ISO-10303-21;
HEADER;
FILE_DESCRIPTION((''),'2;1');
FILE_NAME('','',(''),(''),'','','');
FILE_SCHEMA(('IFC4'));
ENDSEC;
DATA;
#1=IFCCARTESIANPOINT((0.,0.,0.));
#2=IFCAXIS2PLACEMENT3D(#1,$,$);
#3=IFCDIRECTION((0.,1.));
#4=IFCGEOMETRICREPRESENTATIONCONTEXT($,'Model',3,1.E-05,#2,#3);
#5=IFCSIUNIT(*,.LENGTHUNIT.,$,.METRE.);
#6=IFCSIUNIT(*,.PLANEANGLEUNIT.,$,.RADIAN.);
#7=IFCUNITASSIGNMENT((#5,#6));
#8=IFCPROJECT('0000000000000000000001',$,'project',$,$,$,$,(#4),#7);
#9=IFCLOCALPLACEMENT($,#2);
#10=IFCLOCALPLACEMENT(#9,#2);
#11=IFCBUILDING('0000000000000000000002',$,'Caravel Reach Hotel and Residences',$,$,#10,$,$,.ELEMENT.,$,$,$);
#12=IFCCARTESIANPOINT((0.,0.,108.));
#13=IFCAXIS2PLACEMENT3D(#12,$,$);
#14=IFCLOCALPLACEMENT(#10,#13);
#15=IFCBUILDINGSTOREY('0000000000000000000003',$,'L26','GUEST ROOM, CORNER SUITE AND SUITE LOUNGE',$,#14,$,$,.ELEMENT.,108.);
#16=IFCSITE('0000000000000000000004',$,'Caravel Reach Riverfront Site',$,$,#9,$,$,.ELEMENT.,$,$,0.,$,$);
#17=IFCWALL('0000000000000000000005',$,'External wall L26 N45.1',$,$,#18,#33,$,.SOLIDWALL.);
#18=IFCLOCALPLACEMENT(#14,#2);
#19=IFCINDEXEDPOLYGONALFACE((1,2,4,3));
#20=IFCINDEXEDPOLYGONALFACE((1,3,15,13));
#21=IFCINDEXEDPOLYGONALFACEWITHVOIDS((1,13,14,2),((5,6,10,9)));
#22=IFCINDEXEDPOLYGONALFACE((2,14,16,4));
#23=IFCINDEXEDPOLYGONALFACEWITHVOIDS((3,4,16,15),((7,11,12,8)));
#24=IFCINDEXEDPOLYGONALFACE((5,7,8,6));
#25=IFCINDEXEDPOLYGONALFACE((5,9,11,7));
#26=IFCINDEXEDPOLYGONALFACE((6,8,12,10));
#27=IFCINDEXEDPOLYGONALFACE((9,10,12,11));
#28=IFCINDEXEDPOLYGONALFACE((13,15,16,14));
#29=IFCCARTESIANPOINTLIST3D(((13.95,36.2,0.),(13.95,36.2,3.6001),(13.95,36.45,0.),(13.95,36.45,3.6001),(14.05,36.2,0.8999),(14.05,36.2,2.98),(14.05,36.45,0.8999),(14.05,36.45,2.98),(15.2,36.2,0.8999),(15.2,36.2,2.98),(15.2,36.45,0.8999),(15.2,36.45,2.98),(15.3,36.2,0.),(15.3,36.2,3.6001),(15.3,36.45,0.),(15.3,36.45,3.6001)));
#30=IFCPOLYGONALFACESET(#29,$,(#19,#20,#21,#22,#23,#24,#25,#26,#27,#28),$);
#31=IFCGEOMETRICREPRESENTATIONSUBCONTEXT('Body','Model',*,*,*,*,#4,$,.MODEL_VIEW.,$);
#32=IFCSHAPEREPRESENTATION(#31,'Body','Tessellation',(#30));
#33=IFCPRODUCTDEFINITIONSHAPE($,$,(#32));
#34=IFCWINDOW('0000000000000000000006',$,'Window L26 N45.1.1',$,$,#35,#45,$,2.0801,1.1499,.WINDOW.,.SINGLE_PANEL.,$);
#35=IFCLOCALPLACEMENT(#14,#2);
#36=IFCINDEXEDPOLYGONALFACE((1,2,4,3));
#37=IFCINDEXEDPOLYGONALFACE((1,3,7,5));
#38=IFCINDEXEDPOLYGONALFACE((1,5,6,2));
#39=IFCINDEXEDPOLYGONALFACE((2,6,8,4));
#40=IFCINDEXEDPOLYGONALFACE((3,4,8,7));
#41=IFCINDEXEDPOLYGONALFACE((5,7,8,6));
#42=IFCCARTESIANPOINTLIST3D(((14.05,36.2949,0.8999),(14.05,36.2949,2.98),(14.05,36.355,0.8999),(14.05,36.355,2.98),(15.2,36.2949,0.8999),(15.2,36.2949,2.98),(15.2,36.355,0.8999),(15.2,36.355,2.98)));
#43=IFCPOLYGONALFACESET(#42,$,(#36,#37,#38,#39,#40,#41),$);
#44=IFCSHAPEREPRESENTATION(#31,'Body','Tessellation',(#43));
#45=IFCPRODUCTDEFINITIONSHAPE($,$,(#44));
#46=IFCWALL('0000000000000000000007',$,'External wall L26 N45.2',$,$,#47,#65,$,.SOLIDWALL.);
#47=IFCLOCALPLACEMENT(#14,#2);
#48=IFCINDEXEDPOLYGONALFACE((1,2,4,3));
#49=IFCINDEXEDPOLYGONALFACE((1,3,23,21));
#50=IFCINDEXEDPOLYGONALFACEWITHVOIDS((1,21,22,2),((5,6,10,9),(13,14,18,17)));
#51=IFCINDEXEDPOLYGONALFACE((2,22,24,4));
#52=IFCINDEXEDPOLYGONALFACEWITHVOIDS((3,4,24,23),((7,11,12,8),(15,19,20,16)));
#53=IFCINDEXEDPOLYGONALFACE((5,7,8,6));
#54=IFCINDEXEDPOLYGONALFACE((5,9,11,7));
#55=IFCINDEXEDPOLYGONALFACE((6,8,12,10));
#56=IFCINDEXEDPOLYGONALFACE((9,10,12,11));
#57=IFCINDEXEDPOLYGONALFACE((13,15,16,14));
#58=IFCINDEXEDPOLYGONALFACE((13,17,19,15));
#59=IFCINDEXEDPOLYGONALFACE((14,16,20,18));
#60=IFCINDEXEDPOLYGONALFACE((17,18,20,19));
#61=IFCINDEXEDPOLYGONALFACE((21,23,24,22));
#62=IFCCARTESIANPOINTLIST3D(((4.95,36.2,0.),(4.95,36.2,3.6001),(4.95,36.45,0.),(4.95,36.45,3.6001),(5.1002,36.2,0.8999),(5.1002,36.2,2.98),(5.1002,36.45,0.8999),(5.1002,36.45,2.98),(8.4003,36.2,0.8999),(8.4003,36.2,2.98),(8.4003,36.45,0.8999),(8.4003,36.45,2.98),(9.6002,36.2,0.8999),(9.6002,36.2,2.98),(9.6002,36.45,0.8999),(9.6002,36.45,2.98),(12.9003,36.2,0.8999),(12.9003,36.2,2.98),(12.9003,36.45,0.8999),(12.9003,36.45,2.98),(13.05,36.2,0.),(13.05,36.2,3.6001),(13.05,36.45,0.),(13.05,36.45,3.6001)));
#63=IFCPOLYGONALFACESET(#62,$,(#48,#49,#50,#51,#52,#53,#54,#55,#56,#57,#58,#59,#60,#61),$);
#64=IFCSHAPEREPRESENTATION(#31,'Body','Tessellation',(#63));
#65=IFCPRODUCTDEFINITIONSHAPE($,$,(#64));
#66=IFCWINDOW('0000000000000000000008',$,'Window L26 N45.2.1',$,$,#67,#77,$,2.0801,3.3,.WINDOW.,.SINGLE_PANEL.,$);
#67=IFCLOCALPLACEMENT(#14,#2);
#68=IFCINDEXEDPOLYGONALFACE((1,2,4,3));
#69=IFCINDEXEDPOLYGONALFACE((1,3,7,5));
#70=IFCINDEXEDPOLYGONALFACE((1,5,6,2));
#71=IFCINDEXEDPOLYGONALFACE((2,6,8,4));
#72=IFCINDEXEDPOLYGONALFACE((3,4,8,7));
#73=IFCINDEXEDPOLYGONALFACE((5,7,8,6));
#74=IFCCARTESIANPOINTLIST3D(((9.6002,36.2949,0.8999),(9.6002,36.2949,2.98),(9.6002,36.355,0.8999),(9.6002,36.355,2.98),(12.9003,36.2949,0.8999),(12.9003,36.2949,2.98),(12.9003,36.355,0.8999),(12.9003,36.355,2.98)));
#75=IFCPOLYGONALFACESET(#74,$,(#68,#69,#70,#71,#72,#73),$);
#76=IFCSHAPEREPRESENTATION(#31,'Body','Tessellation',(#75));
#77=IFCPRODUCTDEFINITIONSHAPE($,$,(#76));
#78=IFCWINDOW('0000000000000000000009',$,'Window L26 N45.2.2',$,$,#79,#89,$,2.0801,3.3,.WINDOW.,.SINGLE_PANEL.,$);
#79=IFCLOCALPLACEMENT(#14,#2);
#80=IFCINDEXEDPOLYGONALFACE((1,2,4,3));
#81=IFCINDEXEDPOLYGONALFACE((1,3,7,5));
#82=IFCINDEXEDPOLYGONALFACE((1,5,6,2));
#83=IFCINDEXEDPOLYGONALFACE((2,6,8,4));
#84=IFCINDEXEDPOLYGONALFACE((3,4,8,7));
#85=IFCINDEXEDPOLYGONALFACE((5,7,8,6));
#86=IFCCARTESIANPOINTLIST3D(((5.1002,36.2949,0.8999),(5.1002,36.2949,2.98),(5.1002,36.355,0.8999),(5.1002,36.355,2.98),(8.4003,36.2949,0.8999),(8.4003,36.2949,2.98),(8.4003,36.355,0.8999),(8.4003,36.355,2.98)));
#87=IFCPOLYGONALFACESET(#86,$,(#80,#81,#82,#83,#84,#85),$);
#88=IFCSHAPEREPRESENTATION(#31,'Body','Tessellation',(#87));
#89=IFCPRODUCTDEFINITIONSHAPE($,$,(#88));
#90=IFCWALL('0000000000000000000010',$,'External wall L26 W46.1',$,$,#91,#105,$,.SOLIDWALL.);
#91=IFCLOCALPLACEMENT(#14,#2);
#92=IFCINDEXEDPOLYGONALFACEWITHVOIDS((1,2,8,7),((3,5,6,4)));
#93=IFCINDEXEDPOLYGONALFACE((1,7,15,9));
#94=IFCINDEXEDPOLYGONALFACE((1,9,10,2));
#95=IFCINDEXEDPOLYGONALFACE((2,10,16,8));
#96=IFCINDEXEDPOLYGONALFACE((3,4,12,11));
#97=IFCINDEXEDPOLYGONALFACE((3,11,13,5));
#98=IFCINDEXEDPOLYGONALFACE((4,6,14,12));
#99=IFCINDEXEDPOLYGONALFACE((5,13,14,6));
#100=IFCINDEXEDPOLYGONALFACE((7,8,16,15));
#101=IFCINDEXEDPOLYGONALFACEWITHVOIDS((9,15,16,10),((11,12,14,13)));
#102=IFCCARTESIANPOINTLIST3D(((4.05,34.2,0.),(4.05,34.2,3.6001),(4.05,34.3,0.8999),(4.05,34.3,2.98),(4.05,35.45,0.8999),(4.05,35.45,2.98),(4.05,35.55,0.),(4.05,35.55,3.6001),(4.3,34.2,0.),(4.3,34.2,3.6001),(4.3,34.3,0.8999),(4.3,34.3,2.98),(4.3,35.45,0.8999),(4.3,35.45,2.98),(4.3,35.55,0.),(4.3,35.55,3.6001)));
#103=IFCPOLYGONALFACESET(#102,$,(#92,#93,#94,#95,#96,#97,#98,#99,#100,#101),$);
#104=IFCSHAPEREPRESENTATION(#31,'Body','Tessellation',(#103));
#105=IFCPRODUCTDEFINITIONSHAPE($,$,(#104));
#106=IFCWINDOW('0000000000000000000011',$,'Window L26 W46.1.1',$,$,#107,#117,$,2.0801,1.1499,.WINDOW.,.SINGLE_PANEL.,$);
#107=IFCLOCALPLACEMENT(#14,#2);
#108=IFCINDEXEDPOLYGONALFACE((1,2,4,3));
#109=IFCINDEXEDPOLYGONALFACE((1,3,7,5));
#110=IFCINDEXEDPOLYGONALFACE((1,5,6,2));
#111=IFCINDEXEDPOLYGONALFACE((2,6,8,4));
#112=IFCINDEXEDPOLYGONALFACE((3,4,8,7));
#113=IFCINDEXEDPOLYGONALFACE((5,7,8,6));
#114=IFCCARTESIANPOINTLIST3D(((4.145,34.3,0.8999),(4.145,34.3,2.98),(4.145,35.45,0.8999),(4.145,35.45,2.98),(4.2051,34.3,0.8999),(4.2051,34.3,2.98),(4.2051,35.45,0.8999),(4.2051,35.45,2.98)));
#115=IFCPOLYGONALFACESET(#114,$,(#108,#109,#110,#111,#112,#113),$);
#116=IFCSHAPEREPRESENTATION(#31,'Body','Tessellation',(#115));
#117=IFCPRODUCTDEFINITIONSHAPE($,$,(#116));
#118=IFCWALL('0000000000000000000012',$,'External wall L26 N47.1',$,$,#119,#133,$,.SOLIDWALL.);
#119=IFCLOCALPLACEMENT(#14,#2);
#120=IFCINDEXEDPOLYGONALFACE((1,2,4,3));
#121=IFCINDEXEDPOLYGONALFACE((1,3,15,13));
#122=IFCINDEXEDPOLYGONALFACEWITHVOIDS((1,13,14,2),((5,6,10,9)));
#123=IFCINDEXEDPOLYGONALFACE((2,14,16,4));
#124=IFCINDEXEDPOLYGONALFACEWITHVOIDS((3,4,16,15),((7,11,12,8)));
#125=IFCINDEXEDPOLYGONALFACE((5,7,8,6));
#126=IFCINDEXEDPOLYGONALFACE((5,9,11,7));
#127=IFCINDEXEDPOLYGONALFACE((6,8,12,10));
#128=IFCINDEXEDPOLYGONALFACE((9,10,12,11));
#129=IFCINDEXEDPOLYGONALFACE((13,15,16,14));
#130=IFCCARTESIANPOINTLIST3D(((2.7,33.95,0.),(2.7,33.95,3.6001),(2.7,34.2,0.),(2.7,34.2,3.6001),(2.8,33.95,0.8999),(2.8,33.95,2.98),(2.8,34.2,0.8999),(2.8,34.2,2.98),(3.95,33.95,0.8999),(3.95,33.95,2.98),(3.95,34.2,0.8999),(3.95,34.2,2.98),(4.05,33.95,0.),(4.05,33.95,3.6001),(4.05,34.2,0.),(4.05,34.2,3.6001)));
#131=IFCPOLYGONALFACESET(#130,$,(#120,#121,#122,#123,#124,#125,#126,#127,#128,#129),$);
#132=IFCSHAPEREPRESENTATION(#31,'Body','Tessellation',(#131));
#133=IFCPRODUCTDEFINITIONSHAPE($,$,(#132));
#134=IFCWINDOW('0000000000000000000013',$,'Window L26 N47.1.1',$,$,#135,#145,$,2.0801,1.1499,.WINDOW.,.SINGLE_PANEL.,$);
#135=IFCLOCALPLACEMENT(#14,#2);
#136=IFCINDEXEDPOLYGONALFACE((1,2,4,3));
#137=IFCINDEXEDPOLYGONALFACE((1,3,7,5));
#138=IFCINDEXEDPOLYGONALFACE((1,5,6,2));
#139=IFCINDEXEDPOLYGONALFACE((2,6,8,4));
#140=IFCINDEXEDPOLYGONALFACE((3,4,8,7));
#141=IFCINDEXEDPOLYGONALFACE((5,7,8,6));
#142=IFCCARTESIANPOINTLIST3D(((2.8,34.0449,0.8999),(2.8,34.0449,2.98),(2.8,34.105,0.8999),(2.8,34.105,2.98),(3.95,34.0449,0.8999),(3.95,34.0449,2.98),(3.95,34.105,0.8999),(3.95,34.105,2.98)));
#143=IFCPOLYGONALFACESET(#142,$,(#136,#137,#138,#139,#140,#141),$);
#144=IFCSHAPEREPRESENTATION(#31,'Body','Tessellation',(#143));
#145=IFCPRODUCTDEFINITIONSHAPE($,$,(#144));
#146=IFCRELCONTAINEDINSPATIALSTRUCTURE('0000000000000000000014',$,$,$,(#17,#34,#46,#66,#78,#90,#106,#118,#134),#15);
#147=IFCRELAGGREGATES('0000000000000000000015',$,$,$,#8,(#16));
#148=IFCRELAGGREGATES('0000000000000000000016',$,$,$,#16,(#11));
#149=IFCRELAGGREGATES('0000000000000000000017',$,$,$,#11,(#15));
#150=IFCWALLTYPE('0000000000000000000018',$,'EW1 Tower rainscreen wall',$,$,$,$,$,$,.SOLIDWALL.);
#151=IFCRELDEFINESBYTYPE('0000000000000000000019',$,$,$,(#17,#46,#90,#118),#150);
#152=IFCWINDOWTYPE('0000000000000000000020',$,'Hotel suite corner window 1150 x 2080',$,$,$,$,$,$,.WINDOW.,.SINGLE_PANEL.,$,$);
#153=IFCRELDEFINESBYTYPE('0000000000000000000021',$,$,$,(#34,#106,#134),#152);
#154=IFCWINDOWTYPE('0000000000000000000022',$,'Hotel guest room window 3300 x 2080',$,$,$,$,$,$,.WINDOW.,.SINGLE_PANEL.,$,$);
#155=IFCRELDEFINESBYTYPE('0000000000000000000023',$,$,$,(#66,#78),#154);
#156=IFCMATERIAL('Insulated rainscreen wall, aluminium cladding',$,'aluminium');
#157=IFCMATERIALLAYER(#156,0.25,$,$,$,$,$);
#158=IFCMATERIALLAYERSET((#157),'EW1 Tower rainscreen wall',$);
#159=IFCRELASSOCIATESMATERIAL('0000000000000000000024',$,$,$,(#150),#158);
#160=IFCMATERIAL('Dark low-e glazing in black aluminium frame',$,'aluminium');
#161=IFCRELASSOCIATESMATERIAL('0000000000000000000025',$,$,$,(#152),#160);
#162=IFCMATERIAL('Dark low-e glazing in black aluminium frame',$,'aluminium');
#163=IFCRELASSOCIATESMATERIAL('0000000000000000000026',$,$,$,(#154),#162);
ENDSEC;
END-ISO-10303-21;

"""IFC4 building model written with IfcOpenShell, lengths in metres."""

from ifc_helpers import new_model, si_unit, direction, frame, frame_2d, origin, place, context, subcontext, project, spatial, rectangle, extrude, material, layer, layer_set, type_object, element, fill, save


model = new_model("IFC4")

# Units and contexts
model_context = context("Model", 3, precision=1e-05, world=origin(), true_north=direction((0.0, 1.0)))
body_context = subcontext(model_context, "Body", "Model", "MODEL_VIEW")
ifc_project = project(units=[si_unit("LENGTHUNIT", "METRE"), si_unit("PLANEANGLEUNIT", "RADIAN")], contexts=[model_context])

# Site, building, storey
site_placement = place(None, origin())
site = spatial("IfcSite", under=ifc_project, at=site_placement, Name="Caravel Reach Riverfront Site", CompositionType="ELEMENT", RefElevation=0.0)
building_placement = place(site_placement, origin())
building = spatial("IfcBuilding", under=site, at=building_placement, Name="Caravel Reach Hotel and Residences", CompositionType="ELEMENT")
storey_placement = place(building_placement, frame((0.0, 0.0, 108.0)))
storey = spatial("IfcBuildingStorey", under=building, at=storey_placement, Name="L26", Description="GUEST ROOM, CORNER SUITE AND SUITE LOUNGE", CompositionType="ELEMENT", Elevation=108.0)

# Wall, opening, window
ifc_material_1 = material(Name="Insulated rainscreen wall, aluminium cladding", Category="aluminium")
ifc_layer_1 = layer(ifc_material_1, 0.25)
ifc_layer_set_1 = layer_set([ifc_layer_1], Name="EW1 Tower rainscreen wall")
wall_type_1 = type_object("IfcWallType", Name="EW1 Tower rainscreen wall", PredefinedType="SOLIDWALL", material=ifc_layer_set_1)
ifc_material_2 = material(Name="Dark low-e glazing in black aluminium frame", Category="aluminium")
window_type_1 = type_object("IfcWindowType", Name="Hotel suite corner window 1150 x 2080", PartitioningType="SINGLE_PANEL", PredefinedType="WINDOW", material=ifc_material_2)
wall_1_placement = place(storey_placement, frame((15.3, 36.325, 0.0), z_axis=(0.0, 0.0, 1.0), x_axis=(-1.0, 0.0, 0.0)))
wall_1 = element("IfcWall", 1, at=wall_1_placement, inside=storey, type_object=wall_type_1, Name="External wall L26 N45.1", PredefinedType="SOLIDWALL", context=body_context, shape_type="SweptSolid", body=[
    extrude(rectangle(XDim=1.3501, YDim=0.25, at=frame_2d((0.675, 0.0))), origin(), (0.0, 0.0, 1.0), 3.6001),
])
opening_1_placement = place(wall_1_placement, frame((0.1001, 0.0, 0.8999)))
opening_1 = element("IfcOpeningElement", 2, at=opening_1_placement, cuts=wall_1, PredefinedType="OPENING", context=body_context, shape_type="SweptSolid", body=[
    extrude(rectangle(XDim=1.1499, YDim=2.0801, at=frame_2d((0.575, 1.04))), frame((0.0, 0.135, 0.0), z_axis=(0.0, -1.0, 0.0), x_axis=(1.0, 0.0, 0.0)), (0.0, 0.0, 1.0), 0.27),
])
window_1_placement = place(opening_1_placement, origin())
window_1 = element("IfcWindow", 3, at=window_1_placement, inside=storey, type_object=window_type_1, Name="Window L26 N45.1.1", OverallHeight=2.0801, OverallWidth=1.1499, PartitioningType="SINGLE_PANEL", PredefinedType="WINDOW", context=body_context, shape_type="SweptSolid", body=[
    extrude(rectangle(XDim=1.1499, YDim=2.0801, at=frame_2d((0.575, 1.04))), frame((0.0, 0.03, 0.0), z_axis=(0.0, -1.0, 0.0), x_axis=(1.0, 0.0, 0.0)), (0.0, 0.0, 1.0), 0.0601),
])
fill(opening_1, window_1)

# Wall, openings, windows
wall_2_placement = place(storey_placement, frame((13.05, 36.325, 0.0), z_axis=(0.0, 0.0, 1.0), x_axis=(-1.0, 0.0, 0.0)))
wall_2 = element("IfcWall", 4, at=wall_2_placement, inside=storey, type_object=wall_type_1, Name="External wall L26 N45.2", PredefinedType="SOLIDWALL", context=body_context, shape_type="SweptSolid", body=[
    extrude(rectangle(XDim=8.1001, YDim=0.25, at=frame_2d((4.05, 0.0))), origin(), (0.0, 0.0, 1.0), 3.6001),
])
opening_2_placement = place(wall_2_placement, frame((0.1499, 0.0, 0.8999)))
opening_2 = element("IfcOpeningElement", 5, at=opening_2_placement, cuts=wall_2, PredefinedType="OPENING", context=body_context, shape_type="SweptSolid", body=[
    extrude(rectangle(XDim=3.3, YDim=2.0801, at=frame_2d((1.6499, 1.04))), frame((0.0, 0.135, 0.0), z_axis=(0.0, -1.0, 0.0), x_axis=(1.0, 0.0, 0.0)), (0.0, 0.0, 1.0), 0.27),
])
opening_3_placement = place(wall_2_placement, frame((4.6499, 0.0, 0.8999)))
opening_3 = element("IfcOpeningElement", 6, at=opening_3_placement, cuts=wall_2, PredefinedType="OPENING", context=body_context, shape_type="SweptSolid", body=[
    extrude(rectangle(XDim=3.3, YDim=2.0801, at=frame_2d((1.6499, 1.04))), frame((0.0, 0.135, 0.0), z_axis=(0.0, -1.0, 0.0), x_axis=(1.0, 0.0, 0.0)), (0.0, 0.0, 1.0), 0.27),
])
ifc_material_3 = material(Name="Dark low-e glazing in black aluminium frame", Category="aluminium")
window_type_2 = type_object("IfcWindowType", Name="Hotel guest room window 3300 x 2080", PartitioningType="SINGLE_PANEL", PredefinedType="WINDOW", material=ifc_material_3)
window_2_placement = place(opening_2_placement, origin())
window_2 = element("IfcWindow", 7, at=window_2_placement, inside=storey, type_object=window_type_2, Name="Window L26 N45.2.1", OverallHeight=2.0801, OverallWidth=3.3, PartitioningType="SINGLE_PANEL", PredefinedType="WINDOW", context=body_context, shape_type="SweptSolid", body=[
    extrude(rectangle(XDim=3.3, YDim=2.0801, at=frame_2d((1.6499, 1.04))), frame((0.0, 0.03, 0.0), z_axis=(0.0, -1.0, 0.0), x_axis=(1.0, 0.0, 0.0)), (0.0, 0.0, 1.0), 0.0601),
])
fill(opening_2, window_2)
window_3_placement = place(opening_3_placement, origin())
window_3 = element("IfcWindow", 8, at=window_3_placement, inside=storey, type_object=window_type_2, Name="Window L26 N45.2.2", OverallHeight=2.0801, OverallWidth=3.3, PartitioningType="SINGLE_PANEL", PredefinedType="WINDOW", context=body_context, shape_type="SweptSolid", body=[
    extrude(rectangle(XDim=3.3, YDim=2.0801, at=frame_2d((1.6499, 1.04))), frame((0.0, 0.03, 0.0), z_axis=(0.0, -1.0, 0.0), x_axis=(1.0, 0.0, 0.0)), (0.0, 0.0, 1.0), 0.0601),
])
fill(opening_3, window_3)

# Walls, openings, windows
wall_3_placement = place(storey_placement, frame((4.175, 35.55, 0.0), z_axis=(0.0, 0.0, 1.0), x_axis=(0.0, -1.0, 0.0)))
wall_3 = element("IfcWall", 9, at=wall_3_placement, inside=storey, type_object=wall_type_1, Name="External wall L26 W46.1", PredefinedType="SOLIDWALL", context=body_context, shape_type="SweptSolid", body=[
    extrude(rectangle(XDim=1.3501, YDim=0.25, at=frame_2d((0.675, 0.0))), origin(), (0.0, 0.0, 1.0), 3.6001),
])
opening_4_placement = place(wall_3_placement, frame((0.1001, 0.0, 0.8999)))
opening_4 = element("IfcOpeningElement", 10, at=opening_4_placement, cuts=wall_3, PredefinedType="OPENING", context=body_context, shape_type="SweptSolid", body=[
    extrude(rectangle(XDim=1.1499, YDim=2.0801, at=frame_2d((0.575, 1.04))), frame((0.0, 0.135, 0.0), z_axis=(0.0, -1.0, 0.0), x_axis=(1.0, 0.0, 0.0)), (0.0, 0.0, 1.0), 0.27),
])
window_4_placement = place(opening_4_placement, origin())
window_4 = element("IfcWindow", 11, at=window_4_placement, inside=storey, type_object=window_type_1, Name="Window L26 W46.1.1", OverallHeight=2.0801, OverallWidth=1.1499, PartitioningType="SINGLE_PANEL", PredefinedType="WINDOW", context=body_context, shape_type="SweptSolid", body=[
    extrude(rectangle(XDim=1.1499, YDim=2.0801, at=frame_2d((0.575, 1.04))), frame((0.0, 0.03, 0.0), z_axis=(0.0, -1.0, 0.0), x_axis=(1.0, 0.0, 0.0)), (0.0, 0.0, 1.0), 0.0601),
])
fill(opening_4, window_4)
wall_4_placement = place(storey_placement, frame((4.05, 34.075, 0.0), z_axis=(0.0, 0.0, 1.0), x_axis=(-1.0, 0.0, 0.0)))
wall_4 = element("IfcWall", 12, at=wall_4_placement, inside=storey, type_object=wall_type_1, Name="External wall L26 N47.1", PredefinedType="SOLIDWALL", context=body_context, shape_type="SweptSolid", body=[
    extrude(rectangle(XDim=1.3501, YDim=0.25, at=frame_2d((0.675, 0.0))), origin(), (0.0, 0.0, 1.0), 3.6001),
])
opening_5_placement = place(wall_4_placement, frame((0.1001, 0.0, 0.8999)))
opening_5 = element("IfcOpeningElement", 13, at=opening_5_placement, cuts=wall_4, PredefinedType="OPENING", context=body_context, shape_type="SweptSolid", body=[
    extrude(rectangle(XDim=1.1499, YDim=2.0801, at=frame_2d((0.575, 1.04))), frame((0.0, 0.135, 0.0), z_axis=(0.0, -1.0, 0.0), x_axis=(1.0, 0.0, 0.0)), (0.0, 0.0, 1.0), 0.27),
])
window_5_placement = place(opening_5_placement, origin())
window_5 = element("IfcWindow", 14, at=window_5_placement, inside=storey, type_object=window_type_1, Name="Window L26 N47.1.1", OverallHeight=2.0801, OverallWidth=1.1499, PartitioningType="SINGLE_PANEL", PredefinedType="WINDOW", context=body_context, shape_type="SweptSolid", body=[
    extrude(rectangle(XDim=1.1499, YDim=2.0801, at=frame_2d((0.575, 1.04))), frame((0.0, 0.03, 0.0), z_axis=(0.0, -1.0, 0.0), x_axis=(1.0, 0.0, 0.0)), (0.0, 0.0, 1.0), 0.0601),
])
fill(opening_5, window_5)

save(model, "model.ifc")
